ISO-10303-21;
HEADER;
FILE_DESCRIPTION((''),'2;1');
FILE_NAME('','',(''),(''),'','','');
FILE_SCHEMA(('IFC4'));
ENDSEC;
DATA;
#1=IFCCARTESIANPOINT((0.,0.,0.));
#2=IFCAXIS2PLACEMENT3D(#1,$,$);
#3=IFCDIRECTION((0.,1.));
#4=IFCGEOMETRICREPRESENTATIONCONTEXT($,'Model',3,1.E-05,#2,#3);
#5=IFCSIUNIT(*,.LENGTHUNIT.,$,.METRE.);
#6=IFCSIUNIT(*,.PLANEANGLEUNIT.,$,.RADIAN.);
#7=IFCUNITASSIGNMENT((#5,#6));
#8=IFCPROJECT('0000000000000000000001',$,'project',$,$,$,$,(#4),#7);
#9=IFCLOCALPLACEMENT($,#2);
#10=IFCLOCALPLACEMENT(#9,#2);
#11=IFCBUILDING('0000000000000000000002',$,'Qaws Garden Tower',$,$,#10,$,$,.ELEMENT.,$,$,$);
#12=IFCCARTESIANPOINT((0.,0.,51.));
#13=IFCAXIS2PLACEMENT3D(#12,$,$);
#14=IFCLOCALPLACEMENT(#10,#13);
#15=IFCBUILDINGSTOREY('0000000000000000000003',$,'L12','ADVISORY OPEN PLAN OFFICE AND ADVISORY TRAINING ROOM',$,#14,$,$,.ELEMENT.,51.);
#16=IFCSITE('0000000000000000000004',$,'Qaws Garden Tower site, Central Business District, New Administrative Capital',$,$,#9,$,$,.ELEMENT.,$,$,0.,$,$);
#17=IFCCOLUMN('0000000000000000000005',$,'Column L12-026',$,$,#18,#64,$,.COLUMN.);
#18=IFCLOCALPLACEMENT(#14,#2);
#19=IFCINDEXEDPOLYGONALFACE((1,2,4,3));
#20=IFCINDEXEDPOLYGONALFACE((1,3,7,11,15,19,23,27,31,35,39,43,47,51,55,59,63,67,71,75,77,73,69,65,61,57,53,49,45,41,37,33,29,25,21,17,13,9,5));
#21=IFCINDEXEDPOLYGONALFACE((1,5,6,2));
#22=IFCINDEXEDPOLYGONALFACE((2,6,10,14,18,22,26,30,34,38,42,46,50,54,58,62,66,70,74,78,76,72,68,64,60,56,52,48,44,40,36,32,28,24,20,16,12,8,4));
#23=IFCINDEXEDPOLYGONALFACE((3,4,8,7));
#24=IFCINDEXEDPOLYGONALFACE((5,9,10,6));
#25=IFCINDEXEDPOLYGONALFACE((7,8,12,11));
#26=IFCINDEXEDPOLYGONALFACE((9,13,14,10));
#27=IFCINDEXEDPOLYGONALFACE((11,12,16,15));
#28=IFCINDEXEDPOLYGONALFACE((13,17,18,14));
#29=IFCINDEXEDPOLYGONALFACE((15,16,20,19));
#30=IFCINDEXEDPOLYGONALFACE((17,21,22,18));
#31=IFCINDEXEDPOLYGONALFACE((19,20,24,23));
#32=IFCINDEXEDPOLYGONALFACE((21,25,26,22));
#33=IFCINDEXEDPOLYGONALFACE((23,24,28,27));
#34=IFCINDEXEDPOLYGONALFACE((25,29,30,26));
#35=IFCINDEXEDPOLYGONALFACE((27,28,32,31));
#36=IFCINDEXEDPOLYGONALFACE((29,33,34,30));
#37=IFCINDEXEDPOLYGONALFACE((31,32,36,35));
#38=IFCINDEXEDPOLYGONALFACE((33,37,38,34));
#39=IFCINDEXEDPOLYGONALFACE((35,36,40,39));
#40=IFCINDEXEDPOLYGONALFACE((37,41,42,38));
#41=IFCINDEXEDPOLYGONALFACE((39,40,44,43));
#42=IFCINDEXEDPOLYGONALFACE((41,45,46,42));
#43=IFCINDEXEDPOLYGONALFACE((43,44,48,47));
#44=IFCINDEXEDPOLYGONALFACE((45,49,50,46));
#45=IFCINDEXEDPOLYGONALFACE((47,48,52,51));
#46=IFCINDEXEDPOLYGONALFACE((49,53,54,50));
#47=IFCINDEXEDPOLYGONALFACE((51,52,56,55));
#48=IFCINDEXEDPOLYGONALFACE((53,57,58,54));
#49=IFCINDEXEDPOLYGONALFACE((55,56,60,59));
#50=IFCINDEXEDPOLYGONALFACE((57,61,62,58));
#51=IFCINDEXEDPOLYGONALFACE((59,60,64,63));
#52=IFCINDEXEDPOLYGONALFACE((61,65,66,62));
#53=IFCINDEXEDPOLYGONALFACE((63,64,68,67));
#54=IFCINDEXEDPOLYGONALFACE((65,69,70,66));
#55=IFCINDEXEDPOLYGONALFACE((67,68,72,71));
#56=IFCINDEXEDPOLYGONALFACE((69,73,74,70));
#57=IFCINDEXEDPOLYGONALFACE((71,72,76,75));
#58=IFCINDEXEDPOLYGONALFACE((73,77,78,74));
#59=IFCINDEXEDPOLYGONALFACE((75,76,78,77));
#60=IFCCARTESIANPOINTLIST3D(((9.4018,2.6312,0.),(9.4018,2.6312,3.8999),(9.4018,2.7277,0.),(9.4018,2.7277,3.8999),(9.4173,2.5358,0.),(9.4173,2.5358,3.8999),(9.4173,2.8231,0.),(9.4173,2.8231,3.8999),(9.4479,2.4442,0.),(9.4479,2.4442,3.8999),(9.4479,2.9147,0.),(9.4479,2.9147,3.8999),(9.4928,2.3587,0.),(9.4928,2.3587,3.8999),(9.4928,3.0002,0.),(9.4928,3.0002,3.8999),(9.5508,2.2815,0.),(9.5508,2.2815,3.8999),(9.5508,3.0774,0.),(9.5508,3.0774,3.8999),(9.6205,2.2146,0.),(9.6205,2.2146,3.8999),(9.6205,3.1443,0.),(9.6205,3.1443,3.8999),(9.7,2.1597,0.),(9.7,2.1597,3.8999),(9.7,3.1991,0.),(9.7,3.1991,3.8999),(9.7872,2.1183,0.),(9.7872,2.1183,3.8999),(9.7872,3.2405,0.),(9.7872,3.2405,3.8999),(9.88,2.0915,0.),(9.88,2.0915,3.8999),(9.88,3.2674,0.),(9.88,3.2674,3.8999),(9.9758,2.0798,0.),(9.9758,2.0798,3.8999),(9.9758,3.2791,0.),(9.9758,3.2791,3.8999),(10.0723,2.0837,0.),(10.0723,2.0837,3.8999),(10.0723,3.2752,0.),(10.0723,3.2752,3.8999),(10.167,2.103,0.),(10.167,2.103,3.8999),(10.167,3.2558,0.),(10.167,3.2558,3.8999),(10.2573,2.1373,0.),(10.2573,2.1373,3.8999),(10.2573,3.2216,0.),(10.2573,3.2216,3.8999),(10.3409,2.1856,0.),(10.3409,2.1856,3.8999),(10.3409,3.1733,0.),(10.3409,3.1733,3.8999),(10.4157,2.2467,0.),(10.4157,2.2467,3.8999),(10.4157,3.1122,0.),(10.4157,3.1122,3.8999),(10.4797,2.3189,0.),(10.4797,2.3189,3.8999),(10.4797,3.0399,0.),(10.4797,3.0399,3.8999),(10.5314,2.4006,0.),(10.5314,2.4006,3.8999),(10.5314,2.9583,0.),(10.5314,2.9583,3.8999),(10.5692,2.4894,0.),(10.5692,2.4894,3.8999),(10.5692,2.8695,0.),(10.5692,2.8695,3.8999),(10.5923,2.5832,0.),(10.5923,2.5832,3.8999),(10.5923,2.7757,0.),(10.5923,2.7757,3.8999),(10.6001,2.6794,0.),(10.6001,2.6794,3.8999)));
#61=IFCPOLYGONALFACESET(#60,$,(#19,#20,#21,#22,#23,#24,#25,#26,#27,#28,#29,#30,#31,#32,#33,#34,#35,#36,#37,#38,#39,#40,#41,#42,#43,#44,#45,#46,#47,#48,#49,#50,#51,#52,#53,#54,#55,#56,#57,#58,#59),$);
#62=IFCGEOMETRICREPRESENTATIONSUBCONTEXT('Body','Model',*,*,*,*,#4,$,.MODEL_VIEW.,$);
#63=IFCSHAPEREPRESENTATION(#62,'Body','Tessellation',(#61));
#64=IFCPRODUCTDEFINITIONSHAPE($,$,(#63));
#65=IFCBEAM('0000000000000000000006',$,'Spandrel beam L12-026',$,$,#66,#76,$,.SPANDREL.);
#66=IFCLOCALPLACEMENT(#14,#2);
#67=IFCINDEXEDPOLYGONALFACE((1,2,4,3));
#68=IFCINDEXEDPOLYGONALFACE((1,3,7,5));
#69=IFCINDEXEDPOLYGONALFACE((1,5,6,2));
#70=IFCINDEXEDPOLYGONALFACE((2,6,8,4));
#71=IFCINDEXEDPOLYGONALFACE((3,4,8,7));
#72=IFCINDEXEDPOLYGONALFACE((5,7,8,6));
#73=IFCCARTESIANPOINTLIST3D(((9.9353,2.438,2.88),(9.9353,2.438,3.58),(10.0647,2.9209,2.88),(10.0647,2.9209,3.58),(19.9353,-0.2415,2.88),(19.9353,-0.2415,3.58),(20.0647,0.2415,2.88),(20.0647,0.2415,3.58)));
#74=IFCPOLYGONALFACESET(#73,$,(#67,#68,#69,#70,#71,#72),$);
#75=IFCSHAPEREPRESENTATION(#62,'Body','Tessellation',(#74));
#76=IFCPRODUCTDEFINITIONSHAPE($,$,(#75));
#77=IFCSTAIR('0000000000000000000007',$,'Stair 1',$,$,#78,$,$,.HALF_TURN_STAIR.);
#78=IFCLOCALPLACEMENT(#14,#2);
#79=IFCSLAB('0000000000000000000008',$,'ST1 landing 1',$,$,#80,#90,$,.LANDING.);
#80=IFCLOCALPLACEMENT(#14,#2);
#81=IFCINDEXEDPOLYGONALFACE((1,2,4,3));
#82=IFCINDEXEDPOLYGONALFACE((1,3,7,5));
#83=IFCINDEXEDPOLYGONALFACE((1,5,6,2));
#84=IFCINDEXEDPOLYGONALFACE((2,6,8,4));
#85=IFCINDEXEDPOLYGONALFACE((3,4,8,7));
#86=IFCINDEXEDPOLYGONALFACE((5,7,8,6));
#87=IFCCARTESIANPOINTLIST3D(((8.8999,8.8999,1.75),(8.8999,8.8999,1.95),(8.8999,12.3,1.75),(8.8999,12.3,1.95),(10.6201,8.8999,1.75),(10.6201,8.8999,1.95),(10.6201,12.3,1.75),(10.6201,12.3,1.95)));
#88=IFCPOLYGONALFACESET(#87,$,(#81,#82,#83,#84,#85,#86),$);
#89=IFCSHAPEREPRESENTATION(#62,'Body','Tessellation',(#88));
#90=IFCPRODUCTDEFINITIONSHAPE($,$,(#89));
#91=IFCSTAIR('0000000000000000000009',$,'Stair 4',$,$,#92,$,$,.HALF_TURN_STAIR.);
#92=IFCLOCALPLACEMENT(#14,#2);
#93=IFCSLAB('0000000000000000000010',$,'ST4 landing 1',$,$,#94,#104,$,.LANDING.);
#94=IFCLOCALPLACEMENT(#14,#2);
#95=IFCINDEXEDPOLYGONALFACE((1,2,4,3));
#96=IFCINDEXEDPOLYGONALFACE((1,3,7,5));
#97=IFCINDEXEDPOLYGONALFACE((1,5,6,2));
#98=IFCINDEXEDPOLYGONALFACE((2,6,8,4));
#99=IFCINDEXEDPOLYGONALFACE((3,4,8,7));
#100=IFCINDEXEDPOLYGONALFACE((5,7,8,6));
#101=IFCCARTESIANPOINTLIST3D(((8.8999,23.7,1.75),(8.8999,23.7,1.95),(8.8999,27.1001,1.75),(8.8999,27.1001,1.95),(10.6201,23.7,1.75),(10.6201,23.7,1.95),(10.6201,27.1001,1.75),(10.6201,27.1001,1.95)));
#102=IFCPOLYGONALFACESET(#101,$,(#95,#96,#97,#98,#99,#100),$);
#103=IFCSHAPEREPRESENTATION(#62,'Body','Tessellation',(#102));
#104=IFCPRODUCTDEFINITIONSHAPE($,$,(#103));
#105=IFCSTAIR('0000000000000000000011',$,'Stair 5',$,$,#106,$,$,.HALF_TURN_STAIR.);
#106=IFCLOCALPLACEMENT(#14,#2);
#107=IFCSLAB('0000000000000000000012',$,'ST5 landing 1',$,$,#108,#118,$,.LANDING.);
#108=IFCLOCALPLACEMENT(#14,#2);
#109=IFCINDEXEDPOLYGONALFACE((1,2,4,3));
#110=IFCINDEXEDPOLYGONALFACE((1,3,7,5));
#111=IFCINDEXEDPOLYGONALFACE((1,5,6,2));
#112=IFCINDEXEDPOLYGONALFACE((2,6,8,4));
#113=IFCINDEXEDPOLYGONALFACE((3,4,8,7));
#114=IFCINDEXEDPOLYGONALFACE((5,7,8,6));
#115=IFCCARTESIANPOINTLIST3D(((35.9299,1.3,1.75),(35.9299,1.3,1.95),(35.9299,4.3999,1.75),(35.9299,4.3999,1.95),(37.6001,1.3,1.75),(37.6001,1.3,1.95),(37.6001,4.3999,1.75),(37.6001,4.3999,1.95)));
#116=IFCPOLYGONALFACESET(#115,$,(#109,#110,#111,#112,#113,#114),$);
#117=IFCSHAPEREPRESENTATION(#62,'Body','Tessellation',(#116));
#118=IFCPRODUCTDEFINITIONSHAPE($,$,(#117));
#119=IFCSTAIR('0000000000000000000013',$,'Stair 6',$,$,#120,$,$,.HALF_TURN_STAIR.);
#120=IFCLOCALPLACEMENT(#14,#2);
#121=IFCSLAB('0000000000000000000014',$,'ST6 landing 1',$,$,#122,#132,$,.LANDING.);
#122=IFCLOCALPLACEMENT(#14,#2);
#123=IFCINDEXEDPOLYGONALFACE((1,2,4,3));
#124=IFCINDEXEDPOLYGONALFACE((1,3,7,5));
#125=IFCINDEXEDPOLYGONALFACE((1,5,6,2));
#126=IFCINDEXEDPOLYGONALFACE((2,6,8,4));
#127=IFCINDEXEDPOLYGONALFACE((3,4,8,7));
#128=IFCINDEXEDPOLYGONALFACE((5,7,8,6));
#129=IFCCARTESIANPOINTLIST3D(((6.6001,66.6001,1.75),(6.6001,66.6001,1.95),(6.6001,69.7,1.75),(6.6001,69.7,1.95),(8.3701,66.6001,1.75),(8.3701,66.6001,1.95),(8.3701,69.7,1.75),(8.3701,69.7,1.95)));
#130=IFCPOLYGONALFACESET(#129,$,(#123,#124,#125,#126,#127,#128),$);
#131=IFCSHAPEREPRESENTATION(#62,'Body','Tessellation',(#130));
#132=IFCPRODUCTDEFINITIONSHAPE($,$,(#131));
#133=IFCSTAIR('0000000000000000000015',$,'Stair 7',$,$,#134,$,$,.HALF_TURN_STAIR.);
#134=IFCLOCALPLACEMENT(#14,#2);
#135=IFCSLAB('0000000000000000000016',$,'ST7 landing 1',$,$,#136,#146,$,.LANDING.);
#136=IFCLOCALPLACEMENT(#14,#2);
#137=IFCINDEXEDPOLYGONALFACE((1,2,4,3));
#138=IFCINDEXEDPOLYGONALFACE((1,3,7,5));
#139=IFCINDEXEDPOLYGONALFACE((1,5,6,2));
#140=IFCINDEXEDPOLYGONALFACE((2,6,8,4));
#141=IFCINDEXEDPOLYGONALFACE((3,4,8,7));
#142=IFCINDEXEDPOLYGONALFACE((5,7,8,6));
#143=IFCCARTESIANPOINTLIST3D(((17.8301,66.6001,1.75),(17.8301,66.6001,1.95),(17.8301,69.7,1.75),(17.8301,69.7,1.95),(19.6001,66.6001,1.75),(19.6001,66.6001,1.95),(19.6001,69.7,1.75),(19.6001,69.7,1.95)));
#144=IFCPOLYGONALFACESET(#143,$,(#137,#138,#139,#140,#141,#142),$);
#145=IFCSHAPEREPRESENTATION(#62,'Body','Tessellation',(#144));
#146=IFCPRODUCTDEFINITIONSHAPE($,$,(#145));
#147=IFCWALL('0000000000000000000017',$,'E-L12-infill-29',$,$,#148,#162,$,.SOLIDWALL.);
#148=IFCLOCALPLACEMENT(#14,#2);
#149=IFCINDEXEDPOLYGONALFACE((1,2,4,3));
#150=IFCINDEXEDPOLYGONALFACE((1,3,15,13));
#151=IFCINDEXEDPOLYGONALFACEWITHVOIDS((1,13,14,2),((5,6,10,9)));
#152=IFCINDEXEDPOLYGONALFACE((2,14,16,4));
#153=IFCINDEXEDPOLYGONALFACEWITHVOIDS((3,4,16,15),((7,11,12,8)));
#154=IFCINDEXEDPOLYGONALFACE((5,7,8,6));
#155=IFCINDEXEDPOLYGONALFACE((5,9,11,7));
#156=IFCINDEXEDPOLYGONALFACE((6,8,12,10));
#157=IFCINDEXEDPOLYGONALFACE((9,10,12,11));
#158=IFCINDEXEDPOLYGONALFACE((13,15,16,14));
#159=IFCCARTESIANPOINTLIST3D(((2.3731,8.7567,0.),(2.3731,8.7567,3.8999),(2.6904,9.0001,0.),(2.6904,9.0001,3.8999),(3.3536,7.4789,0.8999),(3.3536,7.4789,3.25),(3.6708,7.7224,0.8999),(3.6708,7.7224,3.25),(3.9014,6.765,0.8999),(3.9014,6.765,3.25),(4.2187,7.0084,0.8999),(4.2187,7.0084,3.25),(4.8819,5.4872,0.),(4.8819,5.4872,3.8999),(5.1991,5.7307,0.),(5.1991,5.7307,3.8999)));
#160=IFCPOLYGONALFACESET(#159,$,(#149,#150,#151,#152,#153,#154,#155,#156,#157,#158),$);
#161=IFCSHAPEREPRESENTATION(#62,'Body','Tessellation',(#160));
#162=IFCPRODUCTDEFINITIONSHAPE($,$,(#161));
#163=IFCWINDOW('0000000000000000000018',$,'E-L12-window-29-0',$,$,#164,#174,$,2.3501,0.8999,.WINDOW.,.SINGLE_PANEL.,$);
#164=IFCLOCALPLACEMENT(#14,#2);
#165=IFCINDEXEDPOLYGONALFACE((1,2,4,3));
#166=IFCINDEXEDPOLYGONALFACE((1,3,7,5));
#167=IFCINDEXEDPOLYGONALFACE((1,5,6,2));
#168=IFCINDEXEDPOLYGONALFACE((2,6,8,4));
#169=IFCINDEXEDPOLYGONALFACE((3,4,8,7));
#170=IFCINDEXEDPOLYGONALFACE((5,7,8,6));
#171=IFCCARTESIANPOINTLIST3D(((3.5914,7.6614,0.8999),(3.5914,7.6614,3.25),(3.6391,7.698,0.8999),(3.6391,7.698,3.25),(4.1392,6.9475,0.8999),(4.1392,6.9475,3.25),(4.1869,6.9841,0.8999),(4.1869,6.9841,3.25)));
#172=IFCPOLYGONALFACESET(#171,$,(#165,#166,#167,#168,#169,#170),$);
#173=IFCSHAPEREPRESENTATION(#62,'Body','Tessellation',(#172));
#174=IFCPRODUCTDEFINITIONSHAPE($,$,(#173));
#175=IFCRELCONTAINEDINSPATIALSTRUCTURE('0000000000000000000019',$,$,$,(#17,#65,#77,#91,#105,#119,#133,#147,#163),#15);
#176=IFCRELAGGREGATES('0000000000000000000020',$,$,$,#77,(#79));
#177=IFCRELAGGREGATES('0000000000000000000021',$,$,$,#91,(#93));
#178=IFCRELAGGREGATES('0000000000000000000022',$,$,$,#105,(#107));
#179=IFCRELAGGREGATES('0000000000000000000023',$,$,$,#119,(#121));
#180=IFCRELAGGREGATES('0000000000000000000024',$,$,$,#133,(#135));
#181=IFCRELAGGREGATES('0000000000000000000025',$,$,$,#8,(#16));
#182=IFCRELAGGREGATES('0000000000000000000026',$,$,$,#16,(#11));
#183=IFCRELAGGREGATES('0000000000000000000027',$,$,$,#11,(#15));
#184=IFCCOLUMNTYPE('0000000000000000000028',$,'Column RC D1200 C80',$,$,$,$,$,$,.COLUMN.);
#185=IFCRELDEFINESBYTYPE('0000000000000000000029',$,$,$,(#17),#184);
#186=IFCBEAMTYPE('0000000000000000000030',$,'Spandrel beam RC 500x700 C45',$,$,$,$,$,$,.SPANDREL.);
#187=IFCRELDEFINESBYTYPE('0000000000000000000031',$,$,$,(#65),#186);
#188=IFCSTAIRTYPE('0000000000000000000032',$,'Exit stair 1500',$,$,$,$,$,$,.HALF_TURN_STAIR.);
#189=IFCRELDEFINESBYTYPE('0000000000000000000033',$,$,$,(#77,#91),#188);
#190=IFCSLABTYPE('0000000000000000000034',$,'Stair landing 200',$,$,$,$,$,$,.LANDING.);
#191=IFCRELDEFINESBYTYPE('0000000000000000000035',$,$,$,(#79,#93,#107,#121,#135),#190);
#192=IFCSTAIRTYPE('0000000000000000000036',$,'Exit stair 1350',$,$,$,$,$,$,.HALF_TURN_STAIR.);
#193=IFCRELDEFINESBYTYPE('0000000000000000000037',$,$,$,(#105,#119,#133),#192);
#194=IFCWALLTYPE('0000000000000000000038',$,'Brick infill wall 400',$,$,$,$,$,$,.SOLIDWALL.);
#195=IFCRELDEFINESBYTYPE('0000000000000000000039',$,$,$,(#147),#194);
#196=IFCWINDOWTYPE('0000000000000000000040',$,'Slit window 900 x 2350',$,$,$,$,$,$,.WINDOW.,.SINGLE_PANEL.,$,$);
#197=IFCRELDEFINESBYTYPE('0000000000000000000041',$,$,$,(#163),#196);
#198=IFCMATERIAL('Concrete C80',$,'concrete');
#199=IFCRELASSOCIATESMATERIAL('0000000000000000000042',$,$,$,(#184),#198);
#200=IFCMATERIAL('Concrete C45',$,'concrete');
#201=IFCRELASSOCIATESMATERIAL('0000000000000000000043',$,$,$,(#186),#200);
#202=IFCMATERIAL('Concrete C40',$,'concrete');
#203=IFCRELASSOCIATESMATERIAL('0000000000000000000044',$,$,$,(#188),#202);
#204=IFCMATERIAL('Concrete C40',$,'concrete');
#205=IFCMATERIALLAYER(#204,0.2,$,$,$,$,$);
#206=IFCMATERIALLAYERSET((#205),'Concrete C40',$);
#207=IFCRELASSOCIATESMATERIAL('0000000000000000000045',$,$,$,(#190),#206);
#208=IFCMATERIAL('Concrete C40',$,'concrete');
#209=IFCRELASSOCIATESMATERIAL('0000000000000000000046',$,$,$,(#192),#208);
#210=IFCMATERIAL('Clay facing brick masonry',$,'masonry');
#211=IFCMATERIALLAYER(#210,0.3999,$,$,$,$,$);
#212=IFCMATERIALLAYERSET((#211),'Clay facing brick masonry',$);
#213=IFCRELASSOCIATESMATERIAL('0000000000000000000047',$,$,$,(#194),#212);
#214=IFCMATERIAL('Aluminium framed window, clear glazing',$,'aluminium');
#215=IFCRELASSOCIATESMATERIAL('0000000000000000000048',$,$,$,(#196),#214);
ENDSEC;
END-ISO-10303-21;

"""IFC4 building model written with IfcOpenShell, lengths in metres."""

from ifc_helpers import new_model, si_unit, direction, frame, frame_2d, origin, origin_2d, place, context, subcontext, project, spatial, polyline, rectangle, circle, outline, extrude, material, layer, layer_set, material_profile, profile_set, type_object, element, fill, aggregate, save


model = new_model("IFC4")

# Units and contexts
model_context = context("Model", 3, precision=1e-05, world=origin(), true_north=direction((0.0, 1.0)))
body_context = subcontext(model_context, "Body", "Model", "MODEL_VIEW")
ifc_project = project(units=[si_unit("LENGTHUNIT", "METRE"), si_unit("PLANEANGLEUNIT", "RADIAN")], contexts=[model_context])

# Site, building, storey
site_placement = place(None, origin())
site = spatial("IfcSite", under=ifc_project, at=site_placement, Name="Qaws Garden Tower site, Central Business District, New Administrative Capital", CompositionType="ELEMENT", RefElevation=0.0)
building_placement = place(site_placement, origin())
building = spatial("IfcBuilding", under=site, at=building_placement, Name="Qaws Garden Tower", CompositionType="ELEMENT")
storey_placement = place(building_placement, frame((0.0, 0.0, 51.0)))
storey = spatial("IfcBuildingStorey", under=building, at=storey_placement, Name="L12", Description="ADVISORY OPEN PLAN OFFICE AND ADVISORY TRAINING ROOM", CompositionType="ELEMENT", Elevation=51.0)

# Column
ifc_material_1 = material(Name="Concrete C80", Category="concrete")
ifc_material_profile_1 = material_profile(ifc_material_1, circle(Radius=0.6001, at=origin_2d()), Name="RC D1200")
ifc_profile_set_1 = profile_set([ifc_material_profile_1], Name="Concrete C80")
column_type = type_object("IfcColumnType", Name="Column RC D1200 C80", PredefinedType="COLUMN", material=ifc_profile_set_1)
column_placement = place(storey_placement, frame((10.0, 2.6794, 0.0), z_axis=(0.0, 0.0, 1.0), x_axis=(1.0, 0.0, 0.0)))
element("IfcColumn", 1, at=column_placement, inside=storey, type_object=column_type, Name="Column L12-026", PredefinedType="COLUMN", context=body_context, shape_type="SweptSolid", body=[
    extrude(circle(Radius=0.6001, at=origin_2d()), origin(), (0.0, 0.0, 1.0), 3.8999),
])

# Beam
ifc_material_2 = material(Name="Concrete C45", Category="concrete")
ifc_material_profile_2 = material_profile(ifc_material_2, rectangle(XDim=0.5, YDim=0.7, at=origin_2d()), Name="RC 500x700")
ifc_profile_set_2 = profile_set([ifc_material_profile_2], Name="Concrete C45")
beam_type = type_object("IfcBeamType", Name="Spandrel beam RC 500x700 C45", PredefinedType="SPANDREL", material=ifc_profile_set_2)
beam_placement = place(storey_placement, frame((10.0, 2.6794, 3.23), z_axis=(0.965927, -0.258815, 0.0), x_axis=(0.258815, 0.965927, 0.0)))
element("IfcBeam", 2, at=beam_placement, inside=storey, type_object=beam_type, Name="Spandrel beam L12-026", PredefinedType="SPANDREL", context=body_context, shape_type="SweptSolid", body=[
    extrude(rectangle(XDim=0.5, YDim=0.7, at=origin_2d()), origin(), (0.0, 0.0, 1.0), 10.3528),
])

# Stairs, slabs
ifc_material_3 = material(Name="Concrete C40", Category="concrete")
stair_type_1 = type_object("IfcStairType", Name="Exit stair 1500", PredefinedType="HALF_TURN_STAIR", material=ifc_material_3)
placement_1 = place(storey_placement, origin())
stair_1 = element("IfcStair", 3, at=placement_1, inside=storey, type_object=stair_type_1, Name="Stair 1", PredefinedType="HALF_TURN_STAIR")
ifc_material_4 = material(Name="Concrete C40", Category="concrete")
ifc_layer_1 = layer(ifc_material_4, 0.2)
ifc_layer_set_1 = layer_set([ifc_layer_1], Name="Concrete C40")
slab_type = type_object("IfcSlabType", Name="Stair landing 200", PredefinedType="LANDING", material=ifc_layer_set_1)
placement_2 = place(storey_placement, frame((0.0, 0.0, 1.75)))
slab_1 = element("IfcSlab", 4, at=placement_2, type_object=slab_type, Name="ST1 landing 1", PredefinedType="LANDING", context=body_context, shape_type="SweptSolid", body=[
    extrude(outline(polyline([(8.8999, 8.8999), (10.6201, 8.8999), (10.6201, 12.3), (8.8999, 12.3), (8.8999, 8.8999)])), origin(), (0.0, 0.0, 1.0), 0.2),
])
aggregate(stair_1, [slab_1])
stair_2 = element("IfcStair", 5, at=placement_1, inside=storey, type_object=stair_type_1, Name="Stair 4", PredefinedType="HALF_TURN_STAIR")
slab_2 = element("IfcSlab", 6, at=placement_2, type_object=slab_type, Name="ST4 landing 1", PredefinedType="LANDING", context=body_context, shape_type="SweptSolid", body=[
    extrude(outline(polyline([(8.8999, 23.7), (10.6201, 23.7), (10.6201, 27.1001), (8.8999, 27.1001), (8.8999, 23.7)])), origin(), (0.0, 0.0, 1.0), 0.2),
])
aggregate(stair_2, [slab_2])
ifc_material_5 = material(Name="Concrete C40", Category="concrete")
stair_type_2 = type_object("IfcStairType", Name="Exit stair 1350", PredefinedType="HALF_TURN_STAIR", material=ifc_material_5)
stair_3 = element("IfcStair", 7, at=placement_1, inside=storey, type_object=stair_type_2, Name="Stair 5", PredefinedType="HALF_TURN_STAIR")
slab_3 = element("IfcSlab", 8, at=placement_2, type_object=slab_type, Name="ST5 landing 1", PredefinedType="LANDING", context=body_context, shape_type="SweptSolid", body=[
    extrude(outline(polyline([(35.9299, 1.3), (37.6001, 1.3), (37.6001, 4.3999), (35.9299, 4.3999), (35.9299, 1.3)])), origin(), (0.0, 0.0, 1.0), 0.2),
])
aggregate(stair_3, [slab_3])
stair_4 = element("IfcStair", 9, at=placement_1, inside=storey, type_object=stair_type_2, Name="Stair 6", PredefinedType="HALF_TURN_STAIR")
slab_4 = element("IfcSlab", 10, at=placement_2, type_object=slab_type, Name="ST6 landing 1", PredefinedType="LANDING", context=body_context, shape_type="SweptSolid", body=[
    extrude(outline(polyline([(6.6001, 66.6001), (8.3701, 66.6001), (8.3701, 69.7), (6.6001, 69.7), (6.6001, 66.6001)])), origin(), (0.0, 0.0, 1.0), 0.2),
])
aggregate(stair_4, [slab_4])
stair_5 = element("IfcStair", 11, at=placement_1, inside=storey, type_object=stair_type_2, Name="Stair 7", PredefinedType="HALF_TURN_STAIR")
slab_5 = element("IfcSlab", 12, at=placement_2, type_object=slab_type, Name="ST7 landing 1", PredefinedType="LANDING", context=body_context, shape_type="SweptSolid", body=[
    extrude(outline(polyline([(17.8301, 66.6001), (19.6001, 66.6001), (19.6001, 69.7), (17.8301, 69.7), (17.8301, 66.6001)])), origin(), (0.0, 0.0, 1.0), 0.2),
])
aggregate(stair_5, [slab_5])

# Wall, opening, window
ifc_material_6 = material(Name="Clay facing brick masonry", Category="masonry")
ifc_layer_2 = layer(ifc_material_6, 0.3999)
ifc_layer_set_2 = layer_set([ifc_layer_2], Name="Clay facing brick masonry")
wall_type_1 = type_object("IfcWallType", Name="Brick infill wall 400", PredefinedType="SOLIDWALL", material=ifc_layer_set_2)
wall_1_placement = place(storey_placement, frame((2.5317, 8.8784, 0.0), z_axis=(0.0, 0.0, 1.0), x_axis=(0.60876, -0.793355, 0.0)))
wall_1 = element("IfcWall", 13, at=wall_1_placement, inside=storey, type_object=wall_type_1, Name="E-L12-infill-29", PredefinedType="SOLIDWALL", context=body_context, shape_type="SweptSolid", body=[
    extrude(rectangle(XDim=4.1211, YDim=0.3999, at=frame_2d((2.0605, 0.0))), origin(), (0.0, 0.0, 1.0), 3.8999),
])
opening_1_placement = place(wall_1_placement, frame((1.6106, 0.0, 0.8999)))
opening_1 = element("IfcOpeningElement", 14, at=opening_1_placement, cuts=wall_1, PredefinedType="OPENING", context=body_context, shape_type="SweptSolid", body=[
    extrude(rectangle(XDim=0.8999, YDim=2.3501, at=frame_2d((0.45, 1.175))), frame((0.0, 0.21, 0.0), z_axis=(0.0, -1.0, 0.0), x_axis=(1.0, 0.0, 0.0)), (0.0, 0.0, 1.0), 0.4199),
])
ifc_material_7 = material(Name="Aluminium framed window, clear glazing", Category="aluminium")
window_type = type_object("IfcWindowType", Name="Slit window 900 x 2350", PartitioningType="SINGLE_PANEL", PredefinedType="WINDOW", material=ifc_material_7)
window_1_placement = place(opening_1_placement, origin())
window_1 = element("IfcWindow", 15, at=window_1_placement, inside=storey, type_object=window_type, Name="E-L12-window-29-0", OverallHeight=2.3501, OverallWidth=0.8999, PartitioningType="SINGLE_PANEL", PredefinedType="WINDOW", context=body_context, shape_type="SweptSolid", body=[
    extrude(rectangle(XDim=0.8999, YDim=2.3501, at=frame_2d((0.45, 1.175))), frame((0.0, 0.1599, 0.0), z_axis=(0.0, -1.0, 0.0), x_axis=(1.0, 0.0, 0.0)), (0.0, 0.0, 1.0), 0.0601),
])
fill(opening_1, window_1)

save(model, "model.ifc")
